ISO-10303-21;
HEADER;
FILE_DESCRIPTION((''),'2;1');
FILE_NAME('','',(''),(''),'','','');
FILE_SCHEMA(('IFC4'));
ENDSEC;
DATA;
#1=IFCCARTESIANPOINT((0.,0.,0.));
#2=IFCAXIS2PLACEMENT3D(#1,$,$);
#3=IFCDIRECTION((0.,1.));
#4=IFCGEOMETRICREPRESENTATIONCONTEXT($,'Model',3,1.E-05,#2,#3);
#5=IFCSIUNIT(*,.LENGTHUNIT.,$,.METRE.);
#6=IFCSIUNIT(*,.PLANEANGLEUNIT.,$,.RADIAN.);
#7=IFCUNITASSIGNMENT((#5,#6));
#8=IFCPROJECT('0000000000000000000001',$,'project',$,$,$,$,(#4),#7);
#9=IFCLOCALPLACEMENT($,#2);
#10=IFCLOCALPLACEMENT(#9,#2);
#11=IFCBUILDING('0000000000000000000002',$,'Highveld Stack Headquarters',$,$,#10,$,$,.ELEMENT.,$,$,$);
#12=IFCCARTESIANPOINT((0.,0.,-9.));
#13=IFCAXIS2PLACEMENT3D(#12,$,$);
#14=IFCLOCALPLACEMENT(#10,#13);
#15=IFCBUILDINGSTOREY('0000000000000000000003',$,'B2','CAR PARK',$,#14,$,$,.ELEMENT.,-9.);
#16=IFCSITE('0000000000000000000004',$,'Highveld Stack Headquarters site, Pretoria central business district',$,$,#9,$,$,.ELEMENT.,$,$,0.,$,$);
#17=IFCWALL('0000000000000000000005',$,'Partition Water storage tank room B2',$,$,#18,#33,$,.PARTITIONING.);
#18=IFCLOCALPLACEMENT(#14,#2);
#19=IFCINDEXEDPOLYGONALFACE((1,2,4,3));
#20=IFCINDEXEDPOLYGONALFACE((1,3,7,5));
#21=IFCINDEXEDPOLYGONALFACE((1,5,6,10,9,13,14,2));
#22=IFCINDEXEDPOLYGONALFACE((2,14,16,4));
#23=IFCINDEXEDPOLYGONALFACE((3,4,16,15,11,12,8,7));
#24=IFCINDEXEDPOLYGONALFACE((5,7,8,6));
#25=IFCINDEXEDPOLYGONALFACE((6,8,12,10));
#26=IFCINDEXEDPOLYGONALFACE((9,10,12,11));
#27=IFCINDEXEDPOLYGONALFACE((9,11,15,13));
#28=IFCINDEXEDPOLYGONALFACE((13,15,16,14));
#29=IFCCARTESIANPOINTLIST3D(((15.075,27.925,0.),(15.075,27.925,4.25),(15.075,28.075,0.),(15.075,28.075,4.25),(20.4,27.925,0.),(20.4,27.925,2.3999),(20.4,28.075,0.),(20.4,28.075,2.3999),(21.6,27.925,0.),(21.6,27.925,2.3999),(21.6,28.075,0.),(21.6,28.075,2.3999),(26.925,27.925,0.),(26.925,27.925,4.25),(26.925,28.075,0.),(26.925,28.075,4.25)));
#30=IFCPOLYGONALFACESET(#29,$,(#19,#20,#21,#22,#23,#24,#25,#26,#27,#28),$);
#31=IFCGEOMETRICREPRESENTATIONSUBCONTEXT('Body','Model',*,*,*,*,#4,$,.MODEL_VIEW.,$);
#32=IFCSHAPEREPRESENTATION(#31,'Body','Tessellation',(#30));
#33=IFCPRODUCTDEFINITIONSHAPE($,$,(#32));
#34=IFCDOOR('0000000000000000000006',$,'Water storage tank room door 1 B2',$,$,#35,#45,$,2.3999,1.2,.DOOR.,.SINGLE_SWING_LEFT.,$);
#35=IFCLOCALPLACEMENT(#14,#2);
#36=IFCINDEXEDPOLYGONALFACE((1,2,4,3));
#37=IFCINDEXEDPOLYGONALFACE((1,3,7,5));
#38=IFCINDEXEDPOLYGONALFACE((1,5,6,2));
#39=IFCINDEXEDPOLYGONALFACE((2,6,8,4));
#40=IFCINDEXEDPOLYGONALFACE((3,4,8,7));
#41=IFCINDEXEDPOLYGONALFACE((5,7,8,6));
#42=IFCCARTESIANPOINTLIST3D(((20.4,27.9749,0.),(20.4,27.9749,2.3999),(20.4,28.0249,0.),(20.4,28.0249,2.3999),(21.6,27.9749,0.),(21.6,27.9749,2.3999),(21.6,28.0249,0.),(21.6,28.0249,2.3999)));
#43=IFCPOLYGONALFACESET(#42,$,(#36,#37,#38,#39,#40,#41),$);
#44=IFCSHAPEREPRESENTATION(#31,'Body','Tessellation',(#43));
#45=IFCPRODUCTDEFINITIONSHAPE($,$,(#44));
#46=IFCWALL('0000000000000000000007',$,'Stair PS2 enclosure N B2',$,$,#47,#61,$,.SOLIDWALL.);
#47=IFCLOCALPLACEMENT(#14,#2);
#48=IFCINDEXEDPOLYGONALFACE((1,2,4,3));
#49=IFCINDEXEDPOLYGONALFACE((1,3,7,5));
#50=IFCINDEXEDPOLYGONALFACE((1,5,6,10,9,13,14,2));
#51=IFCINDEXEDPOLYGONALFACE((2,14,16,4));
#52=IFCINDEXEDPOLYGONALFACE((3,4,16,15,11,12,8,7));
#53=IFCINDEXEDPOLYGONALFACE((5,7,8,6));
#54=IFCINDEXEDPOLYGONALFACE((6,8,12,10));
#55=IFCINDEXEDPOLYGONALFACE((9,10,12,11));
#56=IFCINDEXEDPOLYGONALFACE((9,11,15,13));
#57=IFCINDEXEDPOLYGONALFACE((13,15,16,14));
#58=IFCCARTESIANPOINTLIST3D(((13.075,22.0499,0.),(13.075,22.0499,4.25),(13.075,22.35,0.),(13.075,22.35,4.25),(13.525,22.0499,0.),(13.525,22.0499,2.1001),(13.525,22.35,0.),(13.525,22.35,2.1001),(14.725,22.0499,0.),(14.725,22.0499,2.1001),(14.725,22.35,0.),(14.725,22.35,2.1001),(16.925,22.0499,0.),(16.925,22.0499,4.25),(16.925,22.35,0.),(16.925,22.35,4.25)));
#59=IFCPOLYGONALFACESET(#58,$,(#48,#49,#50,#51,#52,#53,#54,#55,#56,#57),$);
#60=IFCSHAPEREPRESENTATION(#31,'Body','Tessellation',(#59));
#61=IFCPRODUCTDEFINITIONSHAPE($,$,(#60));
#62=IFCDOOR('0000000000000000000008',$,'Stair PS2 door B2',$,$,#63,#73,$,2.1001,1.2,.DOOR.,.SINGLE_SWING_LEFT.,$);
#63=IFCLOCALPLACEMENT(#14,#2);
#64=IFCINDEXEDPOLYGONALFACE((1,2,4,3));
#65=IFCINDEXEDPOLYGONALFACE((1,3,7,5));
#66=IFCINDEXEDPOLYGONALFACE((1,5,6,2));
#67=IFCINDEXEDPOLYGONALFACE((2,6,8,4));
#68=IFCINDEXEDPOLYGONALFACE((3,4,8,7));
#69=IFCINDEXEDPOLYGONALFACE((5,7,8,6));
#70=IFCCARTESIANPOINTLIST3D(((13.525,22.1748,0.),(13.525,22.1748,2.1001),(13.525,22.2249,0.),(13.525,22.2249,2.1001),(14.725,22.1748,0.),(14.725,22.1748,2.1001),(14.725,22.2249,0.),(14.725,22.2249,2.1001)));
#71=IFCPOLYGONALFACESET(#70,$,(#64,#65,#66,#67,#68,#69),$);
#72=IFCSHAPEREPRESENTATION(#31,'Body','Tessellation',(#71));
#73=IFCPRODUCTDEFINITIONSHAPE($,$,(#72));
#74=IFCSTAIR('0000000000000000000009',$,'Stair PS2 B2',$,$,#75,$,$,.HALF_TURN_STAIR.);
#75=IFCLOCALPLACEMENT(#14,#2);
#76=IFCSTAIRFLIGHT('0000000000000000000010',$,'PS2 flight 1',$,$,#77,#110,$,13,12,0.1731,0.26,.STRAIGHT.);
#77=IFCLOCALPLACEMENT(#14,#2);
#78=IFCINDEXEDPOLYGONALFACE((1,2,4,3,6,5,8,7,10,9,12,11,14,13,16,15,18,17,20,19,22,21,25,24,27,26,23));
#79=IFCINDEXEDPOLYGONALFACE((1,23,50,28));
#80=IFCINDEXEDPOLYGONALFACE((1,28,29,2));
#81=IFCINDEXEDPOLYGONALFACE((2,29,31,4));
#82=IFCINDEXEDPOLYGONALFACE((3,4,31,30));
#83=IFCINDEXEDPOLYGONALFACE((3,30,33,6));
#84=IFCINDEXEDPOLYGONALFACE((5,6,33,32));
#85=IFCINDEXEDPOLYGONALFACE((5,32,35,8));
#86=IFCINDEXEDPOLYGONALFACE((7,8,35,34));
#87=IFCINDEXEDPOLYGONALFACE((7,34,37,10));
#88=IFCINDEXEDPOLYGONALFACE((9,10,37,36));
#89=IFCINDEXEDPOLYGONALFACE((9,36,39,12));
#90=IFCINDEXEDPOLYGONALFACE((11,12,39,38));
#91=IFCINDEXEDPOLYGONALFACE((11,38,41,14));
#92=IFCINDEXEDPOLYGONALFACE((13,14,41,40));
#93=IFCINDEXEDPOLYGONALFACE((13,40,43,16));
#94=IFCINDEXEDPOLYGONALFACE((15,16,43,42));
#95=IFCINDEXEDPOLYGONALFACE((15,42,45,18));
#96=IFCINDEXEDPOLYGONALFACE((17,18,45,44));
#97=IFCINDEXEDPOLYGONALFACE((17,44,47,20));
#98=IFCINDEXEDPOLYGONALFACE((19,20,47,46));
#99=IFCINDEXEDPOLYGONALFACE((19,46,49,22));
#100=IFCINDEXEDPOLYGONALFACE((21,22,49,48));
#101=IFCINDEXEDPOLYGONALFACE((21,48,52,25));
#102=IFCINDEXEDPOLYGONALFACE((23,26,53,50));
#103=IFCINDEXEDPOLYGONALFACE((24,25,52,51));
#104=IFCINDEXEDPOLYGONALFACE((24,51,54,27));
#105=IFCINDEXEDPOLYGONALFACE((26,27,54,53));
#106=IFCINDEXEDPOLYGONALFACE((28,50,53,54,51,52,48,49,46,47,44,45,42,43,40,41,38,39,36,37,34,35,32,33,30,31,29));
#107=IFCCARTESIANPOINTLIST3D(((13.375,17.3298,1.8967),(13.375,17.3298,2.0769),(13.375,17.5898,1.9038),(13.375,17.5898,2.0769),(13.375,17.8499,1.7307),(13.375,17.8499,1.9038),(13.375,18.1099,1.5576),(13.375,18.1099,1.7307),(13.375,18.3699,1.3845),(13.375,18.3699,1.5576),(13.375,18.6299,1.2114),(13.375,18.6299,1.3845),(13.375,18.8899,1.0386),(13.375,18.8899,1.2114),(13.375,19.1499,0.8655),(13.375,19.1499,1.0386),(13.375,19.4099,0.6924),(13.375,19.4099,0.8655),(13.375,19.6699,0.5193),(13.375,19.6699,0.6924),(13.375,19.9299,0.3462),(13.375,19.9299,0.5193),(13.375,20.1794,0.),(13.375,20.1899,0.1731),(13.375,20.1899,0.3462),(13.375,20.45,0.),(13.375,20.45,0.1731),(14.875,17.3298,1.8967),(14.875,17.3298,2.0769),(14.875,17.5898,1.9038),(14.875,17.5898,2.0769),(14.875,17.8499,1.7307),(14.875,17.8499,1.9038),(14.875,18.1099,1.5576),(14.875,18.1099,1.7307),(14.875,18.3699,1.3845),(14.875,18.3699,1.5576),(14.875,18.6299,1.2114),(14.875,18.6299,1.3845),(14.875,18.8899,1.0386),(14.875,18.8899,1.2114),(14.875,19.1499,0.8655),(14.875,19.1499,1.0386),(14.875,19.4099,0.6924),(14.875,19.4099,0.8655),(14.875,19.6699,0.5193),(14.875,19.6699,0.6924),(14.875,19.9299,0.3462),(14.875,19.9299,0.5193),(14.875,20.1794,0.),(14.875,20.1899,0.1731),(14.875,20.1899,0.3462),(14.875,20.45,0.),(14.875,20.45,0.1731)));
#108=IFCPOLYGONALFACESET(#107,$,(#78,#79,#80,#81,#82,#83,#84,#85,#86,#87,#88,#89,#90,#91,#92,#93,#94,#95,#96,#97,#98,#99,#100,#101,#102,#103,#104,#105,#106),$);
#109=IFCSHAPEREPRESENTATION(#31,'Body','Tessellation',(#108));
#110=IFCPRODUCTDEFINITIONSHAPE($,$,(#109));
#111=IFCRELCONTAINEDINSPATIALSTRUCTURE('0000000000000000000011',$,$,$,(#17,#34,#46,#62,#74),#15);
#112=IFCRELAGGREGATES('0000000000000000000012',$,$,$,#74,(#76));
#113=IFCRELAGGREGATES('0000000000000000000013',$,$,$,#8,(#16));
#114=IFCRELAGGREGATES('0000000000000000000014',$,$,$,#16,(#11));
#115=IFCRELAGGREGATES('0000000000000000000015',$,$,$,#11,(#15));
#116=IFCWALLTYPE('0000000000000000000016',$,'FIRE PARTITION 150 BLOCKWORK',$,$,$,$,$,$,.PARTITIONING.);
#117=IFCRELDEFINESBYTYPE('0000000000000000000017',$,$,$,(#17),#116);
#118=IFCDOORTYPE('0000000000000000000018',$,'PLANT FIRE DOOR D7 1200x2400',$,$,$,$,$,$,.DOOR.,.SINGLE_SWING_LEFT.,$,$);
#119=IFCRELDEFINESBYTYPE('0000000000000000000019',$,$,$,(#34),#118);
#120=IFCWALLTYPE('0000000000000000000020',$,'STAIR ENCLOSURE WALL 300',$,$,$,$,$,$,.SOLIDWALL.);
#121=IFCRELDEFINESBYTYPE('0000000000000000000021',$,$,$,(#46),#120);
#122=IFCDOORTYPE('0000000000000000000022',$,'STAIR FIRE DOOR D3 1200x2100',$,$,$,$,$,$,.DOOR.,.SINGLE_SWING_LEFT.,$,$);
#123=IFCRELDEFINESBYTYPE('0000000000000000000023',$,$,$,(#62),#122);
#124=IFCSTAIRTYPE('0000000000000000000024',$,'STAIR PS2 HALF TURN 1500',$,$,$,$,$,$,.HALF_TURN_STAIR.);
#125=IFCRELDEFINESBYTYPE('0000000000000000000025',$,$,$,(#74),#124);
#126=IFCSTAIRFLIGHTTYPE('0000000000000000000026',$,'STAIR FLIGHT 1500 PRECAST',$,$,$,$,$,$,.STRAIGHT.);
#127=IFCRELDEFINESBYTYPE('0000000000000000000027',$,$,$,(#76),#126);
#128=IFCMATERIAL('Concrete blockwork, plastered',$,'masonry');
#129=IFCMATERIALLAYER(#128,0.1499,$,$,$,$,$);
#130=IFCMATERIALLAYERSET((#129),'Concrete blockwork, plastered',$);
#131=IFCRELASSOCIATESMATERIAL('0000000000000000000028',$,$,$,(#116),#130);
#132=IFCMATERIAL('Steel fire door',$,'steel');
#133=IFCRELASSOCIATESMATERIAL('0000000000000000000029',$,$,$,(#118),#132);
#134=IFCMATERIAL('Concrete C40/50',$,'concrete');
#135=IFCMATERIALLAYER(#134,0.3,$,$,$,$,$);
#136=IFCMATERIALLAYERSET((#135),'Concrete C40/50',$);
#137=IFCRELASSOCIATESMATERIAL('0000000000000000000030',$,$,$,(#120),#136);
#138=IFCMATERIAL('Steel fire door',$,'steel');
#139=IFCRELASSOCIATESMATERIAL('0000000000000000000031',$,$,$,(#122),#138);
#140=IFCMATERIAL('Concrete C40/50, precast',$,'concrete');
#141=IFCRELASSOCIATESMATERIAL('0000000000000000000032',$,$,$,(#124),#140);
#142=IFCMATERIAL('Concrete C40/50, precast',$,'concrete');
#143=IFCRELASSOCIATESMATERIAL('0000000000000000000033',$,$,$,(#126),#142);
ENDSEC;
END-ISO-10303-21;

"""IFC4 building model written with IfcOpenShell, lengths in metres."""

from ifc_helpers import new_model, si_unit, direction, frame, frame_2d, origin, place, context, subcontext, project, spatial, polyline, rectangle, outline, extrude, material, layer, layer_set, type_object, element, fill, aggregate, save


model = new_model("IFC4")

# Units and contexts
model_context = context("Model", 3, precision=1e-05, world=origin(), true_north=direction((0.0, 1.0)))
body_context = subcontext(model_context, "Body", "Model", "MODEL_VIEW")
ifc_project = project(units=[si_unit("LENGTHUNIT", "METRE"), si_unit("PLANEANGLEUNIT", "RADIAN")], contexts=[model_context])

# Site, building, storey
site_placement = place(None, origin())
site = spatial("IfcSite", under=ifc_project, at=site_placement, Name="Highveld Stack Headquarters site, Pretoria central business district", CompositionType="ELEMENT", RefElevation=0.0)
building_placement = place(site_placement, origin())
building = spatial("IfcBuilding", under=site, at=building_placement, Name="Highveld Stack Headquarters", CompositionType="ELEMENT")
storey_placement = place(building_placement, frame((0.0, 0.0, -9.0)))
storey = spatial("IfcBuildingStorey", under=building, at=storey_placement, Name="B2", Description="CAR PARK", CompositionType="ELEMENT", Elevation=-9.0)

# Shared definitions
ifc_material_1 = material(Name="Concrete blockwork, plastered", Category="masonry")
ifc_layer_1 = layer(ifc_material_1, 0.1499)
ifc_layer_set_1 = layer_set([ifc_layer_1], Name="Concrete blockwork, plastered")
wall_type_1 = type_object("IfcWallType", Name="FIRE PARTITION 150 BLOCKWORK", PredefinedType="PARTITIONING", material=ifc_layer_set_1)

# Walls, openings, doors
wall_1_placement = place(storey_placement, frame((15.075, 28.0, 0.0), z_axis=(0.0, 0.0, 1.0), x_axis=(1.0, 0.0, 0.0)))
wall_1 = element("IfcWall", 1, at=wall_1_placement, inside=storey, type_object=wall_type_1, Name="Partition Water storage tank room B2", PredefinedType="PARTITIONING", context=body_context, shape_type="SweptSolid", body=[
    extrude(rectangle(XDim=11.8501, YDim=0.1499, at=frame_2d((5.925, 0.0))), origin(), (0.0, 0.0, 1.0), 4.25),
])
opening_1_placement = place(wall_1_placement, frame((5.325, 0.0, 0.0)))
opening_1 = element("IfcOpeningElement", 2, at=opening_1_placement, cuts=wall_1, PredefinedType="OPENING", context=body_context, shape_type="SweptSolid", body=[
    extrude(rectangle(XDim=1.2, YDim=2.3999, at=frame_2d((0.6001, 1.2))), frame((0.0, 0.085, 0.0), z_axis=(0.0, -1.0, 0.0), x_axis=(1.0, 0.0, 0.0)), (0.0, 0.0, 1.0), 0.1699),
])
ifc_material_2 = material(Name="Steel fire door", Category="steel")
door_type_1 = type_object("IfcDoorType", Name="PLANT FIRE DOOR D7 1200x2400", OperationType="SINGLE_SWING_LEFT", PredefinedType="DOOR", material=ifc_material_2)
door_1_placement = place(opening_1_placement, origin())
door_1 = element("IfcDoor", 3, at=door_1_placement, inside=storey, type_object=door_type_1, Name="Water storage tank room door 1 B2", OperationType="SINGLE_SWING_LEFT", OverallHeight=2.3999, OverallWidth=1.2, PredefinedType="DOOR", context=body_context, shape_type="SweptSolid", body=[
    extrude(rectangle(XDim=1.2, YDim=2.3999, at=frame_2d((0.6001, 1.2))), frame((0.0, 0.0249, 0.0), z_axis=(0.0, -1.0, 0.0), x_axis=(1.0, 0.0, 0.0)), (0.0, 0.0, 1.0), 0.05),
])
fill(opening_1, door_1)
ifc_material_3 = material(Name="Concrete C40/50", Category="concrete")
ifc_layer_2 = layer(ifc_material_3, 0.3)
ifc_layer_set_2 = layer_set([ifc_layer_2], Name="Concrete C40/50")
wall_type_2 = type_object("IfcWallType", Name="STAIR ENCLOSURE WALL 300", PredefinedType="SOLIDWALL", material=ifc_layer_set_2)
wall_2_placement = place(storey_placement, frame((13.075, 22.2, 0.0), z_axis=(0.0, 0.0, 1.0), x_axis=(1.0, 0.0, 0.0)))
wall_2 = element("IfcWall", 4, at=wall_2_placement, inside=storey, type_object=wall_type_2, Name="Stair PS2 enclosure N B2", PredefinedType="SOLIDWALL", context=body_context, shape_type="SweptSolid", body=[
    extrude(rectangle(XDim=3.8501, YDim=0.3, at=frame_2d((1.925, 0.0))), origin(), (0.0, 0.0, 1.0), 4.25),
])
opening_2_placement = place(wall_2_placement, frame((0.45, 0.0, 0.0)))
opening_2 = element("IfcOpeningElement", 5, at=opening_2_placement, cuts=wall_2, PredefinedType="OPENING", context=body_context, shape_type="SweptSolid", body=[
    extrude(rectangle(XDim=1.2, YDim=2.1001, at=frame_2d((0.6001, 1.05))), frame((0.0, 0.1599, 0.0), z_axis=(0.0, -1.0, 0.0), x_axis=(1.0, 0.0, 0.0)), (0.0, 0.0, 1.0), 0.3201),
])
ifc_material_4 = material(Name="Steel fire door", Category="steel")
door_type_2 = type_object("IfcDoorType", Name="STAIR FIRE DOOR D3 1200x2100", OperationType="SINGLE_SWING_LEFT", PredefinedType="DOOR", material=ifc_material_4)
door_2_placement = place(opening_2_placement, origin())
door_2 = element("IfcDoor", 6, at=door_2_placement, inside=storey, type_object=door_type_2, Name="Stair PS2 door B2", OperationType="SINGLE_SWING_LEFT", OverallHeight=2.1001, OverallWidth=1.2, PredefinedType="DOOR", context=body_context, shape_type="SweptSolid", body=[
    extrude(rectangle(XDim=1.2, YDim=2.1001, at=frame_2d((0.6001, 1.05))), frame((0.0, 0.0249, 0.0), z_axis=(0.0, -1.0, 0.0), x_axis=(1.0, 0.0, 0.0)), (0.0, 0.0, 1.0), 0.05),
])
fill(opening_2, door_2)

# Stair, stair flight
ifc_material_5 = material(Name="Concrete C40/50, precast", Category="concrete")
stair_type = type_object("IfcStairType", Name="STAIR PS2 HALF TURN 1500", PredefinedType="HALF_TURN_STAIR", material=ifc_material_5)
stair_placement = place(storey_placement, origin())
stair = element("IfcStair", 7, at=stair_placement, inside=storey, type_object=stair_type, Name="Stair PS2 B2", PredefinedType="HALF_TURN_STAIR")
ifc_material_6 = material(Name="Concrete C40/50, precast", Category="concrete")
stair_flight_type = type_object("IfcStairFlightType", Name="STAIR FLIGHT 1500 PRECAST", PredefinedType="STRAIGHT", material=ifc_material_6)
stair_flight_placement = place(storey_placement, frame((14.125, 20.45, 0.0), z_axis=(0.0, 0.0, 1.0), x_axis=(0.0, -1.0, 0.0)))
stair_flight = element("IfcStairFlight", 8, at=stair_flight_placement, type_object=stair_flight_type, Name="PS2 flight 1", NumberOfRisers=13, NumberOfTreads=12, PredefinedType="STRAIGHT", RiserHeight=0.1731, TreadLength=0.26, context=body_context, shape_type="SweptSolid", body=[
    extrude(outline(polyline([(0.0, 0.0), (0.0, 0.1731), (0.26, 0.1731), (0.26, 0.3462), (0.52, 0.3462), (0.52, 0.5193), (0.78, 0.5193), (0.78, 0.6924), (1.04, 0.6924), (1.04, 0.8655), (1.3, 0.8655), (1.3, 1.0386), (1.5601, 1.0386), (1.5601, 1.2114), (1.8201, 1.2114), (1.8201, 1.3845), (2.0801, 1.3845), (2.0801, 1.5576), (2.3401, 1.5576), (2.3401, 1.7307), (2.6001, 1.7307), (2.6001, 1.9038), (2.8601, 1.9038), (2.8601, 2.0769), (3.1201, 2.0769), (3.1201, 2.25), (3.1201, 1.8967), (0.2705, 0.0), (0.0, 0.0)])), frame((0.0, 0.75, 0.0), z_axis=(0.0, -1.0, 0.0), x_axis=(1.0, 0.0, 0.0)), (0.0, 0.0, 1.0), 1.5),
])
aggregate(stair, [stair_flight])

save(model, "model.ifc")
